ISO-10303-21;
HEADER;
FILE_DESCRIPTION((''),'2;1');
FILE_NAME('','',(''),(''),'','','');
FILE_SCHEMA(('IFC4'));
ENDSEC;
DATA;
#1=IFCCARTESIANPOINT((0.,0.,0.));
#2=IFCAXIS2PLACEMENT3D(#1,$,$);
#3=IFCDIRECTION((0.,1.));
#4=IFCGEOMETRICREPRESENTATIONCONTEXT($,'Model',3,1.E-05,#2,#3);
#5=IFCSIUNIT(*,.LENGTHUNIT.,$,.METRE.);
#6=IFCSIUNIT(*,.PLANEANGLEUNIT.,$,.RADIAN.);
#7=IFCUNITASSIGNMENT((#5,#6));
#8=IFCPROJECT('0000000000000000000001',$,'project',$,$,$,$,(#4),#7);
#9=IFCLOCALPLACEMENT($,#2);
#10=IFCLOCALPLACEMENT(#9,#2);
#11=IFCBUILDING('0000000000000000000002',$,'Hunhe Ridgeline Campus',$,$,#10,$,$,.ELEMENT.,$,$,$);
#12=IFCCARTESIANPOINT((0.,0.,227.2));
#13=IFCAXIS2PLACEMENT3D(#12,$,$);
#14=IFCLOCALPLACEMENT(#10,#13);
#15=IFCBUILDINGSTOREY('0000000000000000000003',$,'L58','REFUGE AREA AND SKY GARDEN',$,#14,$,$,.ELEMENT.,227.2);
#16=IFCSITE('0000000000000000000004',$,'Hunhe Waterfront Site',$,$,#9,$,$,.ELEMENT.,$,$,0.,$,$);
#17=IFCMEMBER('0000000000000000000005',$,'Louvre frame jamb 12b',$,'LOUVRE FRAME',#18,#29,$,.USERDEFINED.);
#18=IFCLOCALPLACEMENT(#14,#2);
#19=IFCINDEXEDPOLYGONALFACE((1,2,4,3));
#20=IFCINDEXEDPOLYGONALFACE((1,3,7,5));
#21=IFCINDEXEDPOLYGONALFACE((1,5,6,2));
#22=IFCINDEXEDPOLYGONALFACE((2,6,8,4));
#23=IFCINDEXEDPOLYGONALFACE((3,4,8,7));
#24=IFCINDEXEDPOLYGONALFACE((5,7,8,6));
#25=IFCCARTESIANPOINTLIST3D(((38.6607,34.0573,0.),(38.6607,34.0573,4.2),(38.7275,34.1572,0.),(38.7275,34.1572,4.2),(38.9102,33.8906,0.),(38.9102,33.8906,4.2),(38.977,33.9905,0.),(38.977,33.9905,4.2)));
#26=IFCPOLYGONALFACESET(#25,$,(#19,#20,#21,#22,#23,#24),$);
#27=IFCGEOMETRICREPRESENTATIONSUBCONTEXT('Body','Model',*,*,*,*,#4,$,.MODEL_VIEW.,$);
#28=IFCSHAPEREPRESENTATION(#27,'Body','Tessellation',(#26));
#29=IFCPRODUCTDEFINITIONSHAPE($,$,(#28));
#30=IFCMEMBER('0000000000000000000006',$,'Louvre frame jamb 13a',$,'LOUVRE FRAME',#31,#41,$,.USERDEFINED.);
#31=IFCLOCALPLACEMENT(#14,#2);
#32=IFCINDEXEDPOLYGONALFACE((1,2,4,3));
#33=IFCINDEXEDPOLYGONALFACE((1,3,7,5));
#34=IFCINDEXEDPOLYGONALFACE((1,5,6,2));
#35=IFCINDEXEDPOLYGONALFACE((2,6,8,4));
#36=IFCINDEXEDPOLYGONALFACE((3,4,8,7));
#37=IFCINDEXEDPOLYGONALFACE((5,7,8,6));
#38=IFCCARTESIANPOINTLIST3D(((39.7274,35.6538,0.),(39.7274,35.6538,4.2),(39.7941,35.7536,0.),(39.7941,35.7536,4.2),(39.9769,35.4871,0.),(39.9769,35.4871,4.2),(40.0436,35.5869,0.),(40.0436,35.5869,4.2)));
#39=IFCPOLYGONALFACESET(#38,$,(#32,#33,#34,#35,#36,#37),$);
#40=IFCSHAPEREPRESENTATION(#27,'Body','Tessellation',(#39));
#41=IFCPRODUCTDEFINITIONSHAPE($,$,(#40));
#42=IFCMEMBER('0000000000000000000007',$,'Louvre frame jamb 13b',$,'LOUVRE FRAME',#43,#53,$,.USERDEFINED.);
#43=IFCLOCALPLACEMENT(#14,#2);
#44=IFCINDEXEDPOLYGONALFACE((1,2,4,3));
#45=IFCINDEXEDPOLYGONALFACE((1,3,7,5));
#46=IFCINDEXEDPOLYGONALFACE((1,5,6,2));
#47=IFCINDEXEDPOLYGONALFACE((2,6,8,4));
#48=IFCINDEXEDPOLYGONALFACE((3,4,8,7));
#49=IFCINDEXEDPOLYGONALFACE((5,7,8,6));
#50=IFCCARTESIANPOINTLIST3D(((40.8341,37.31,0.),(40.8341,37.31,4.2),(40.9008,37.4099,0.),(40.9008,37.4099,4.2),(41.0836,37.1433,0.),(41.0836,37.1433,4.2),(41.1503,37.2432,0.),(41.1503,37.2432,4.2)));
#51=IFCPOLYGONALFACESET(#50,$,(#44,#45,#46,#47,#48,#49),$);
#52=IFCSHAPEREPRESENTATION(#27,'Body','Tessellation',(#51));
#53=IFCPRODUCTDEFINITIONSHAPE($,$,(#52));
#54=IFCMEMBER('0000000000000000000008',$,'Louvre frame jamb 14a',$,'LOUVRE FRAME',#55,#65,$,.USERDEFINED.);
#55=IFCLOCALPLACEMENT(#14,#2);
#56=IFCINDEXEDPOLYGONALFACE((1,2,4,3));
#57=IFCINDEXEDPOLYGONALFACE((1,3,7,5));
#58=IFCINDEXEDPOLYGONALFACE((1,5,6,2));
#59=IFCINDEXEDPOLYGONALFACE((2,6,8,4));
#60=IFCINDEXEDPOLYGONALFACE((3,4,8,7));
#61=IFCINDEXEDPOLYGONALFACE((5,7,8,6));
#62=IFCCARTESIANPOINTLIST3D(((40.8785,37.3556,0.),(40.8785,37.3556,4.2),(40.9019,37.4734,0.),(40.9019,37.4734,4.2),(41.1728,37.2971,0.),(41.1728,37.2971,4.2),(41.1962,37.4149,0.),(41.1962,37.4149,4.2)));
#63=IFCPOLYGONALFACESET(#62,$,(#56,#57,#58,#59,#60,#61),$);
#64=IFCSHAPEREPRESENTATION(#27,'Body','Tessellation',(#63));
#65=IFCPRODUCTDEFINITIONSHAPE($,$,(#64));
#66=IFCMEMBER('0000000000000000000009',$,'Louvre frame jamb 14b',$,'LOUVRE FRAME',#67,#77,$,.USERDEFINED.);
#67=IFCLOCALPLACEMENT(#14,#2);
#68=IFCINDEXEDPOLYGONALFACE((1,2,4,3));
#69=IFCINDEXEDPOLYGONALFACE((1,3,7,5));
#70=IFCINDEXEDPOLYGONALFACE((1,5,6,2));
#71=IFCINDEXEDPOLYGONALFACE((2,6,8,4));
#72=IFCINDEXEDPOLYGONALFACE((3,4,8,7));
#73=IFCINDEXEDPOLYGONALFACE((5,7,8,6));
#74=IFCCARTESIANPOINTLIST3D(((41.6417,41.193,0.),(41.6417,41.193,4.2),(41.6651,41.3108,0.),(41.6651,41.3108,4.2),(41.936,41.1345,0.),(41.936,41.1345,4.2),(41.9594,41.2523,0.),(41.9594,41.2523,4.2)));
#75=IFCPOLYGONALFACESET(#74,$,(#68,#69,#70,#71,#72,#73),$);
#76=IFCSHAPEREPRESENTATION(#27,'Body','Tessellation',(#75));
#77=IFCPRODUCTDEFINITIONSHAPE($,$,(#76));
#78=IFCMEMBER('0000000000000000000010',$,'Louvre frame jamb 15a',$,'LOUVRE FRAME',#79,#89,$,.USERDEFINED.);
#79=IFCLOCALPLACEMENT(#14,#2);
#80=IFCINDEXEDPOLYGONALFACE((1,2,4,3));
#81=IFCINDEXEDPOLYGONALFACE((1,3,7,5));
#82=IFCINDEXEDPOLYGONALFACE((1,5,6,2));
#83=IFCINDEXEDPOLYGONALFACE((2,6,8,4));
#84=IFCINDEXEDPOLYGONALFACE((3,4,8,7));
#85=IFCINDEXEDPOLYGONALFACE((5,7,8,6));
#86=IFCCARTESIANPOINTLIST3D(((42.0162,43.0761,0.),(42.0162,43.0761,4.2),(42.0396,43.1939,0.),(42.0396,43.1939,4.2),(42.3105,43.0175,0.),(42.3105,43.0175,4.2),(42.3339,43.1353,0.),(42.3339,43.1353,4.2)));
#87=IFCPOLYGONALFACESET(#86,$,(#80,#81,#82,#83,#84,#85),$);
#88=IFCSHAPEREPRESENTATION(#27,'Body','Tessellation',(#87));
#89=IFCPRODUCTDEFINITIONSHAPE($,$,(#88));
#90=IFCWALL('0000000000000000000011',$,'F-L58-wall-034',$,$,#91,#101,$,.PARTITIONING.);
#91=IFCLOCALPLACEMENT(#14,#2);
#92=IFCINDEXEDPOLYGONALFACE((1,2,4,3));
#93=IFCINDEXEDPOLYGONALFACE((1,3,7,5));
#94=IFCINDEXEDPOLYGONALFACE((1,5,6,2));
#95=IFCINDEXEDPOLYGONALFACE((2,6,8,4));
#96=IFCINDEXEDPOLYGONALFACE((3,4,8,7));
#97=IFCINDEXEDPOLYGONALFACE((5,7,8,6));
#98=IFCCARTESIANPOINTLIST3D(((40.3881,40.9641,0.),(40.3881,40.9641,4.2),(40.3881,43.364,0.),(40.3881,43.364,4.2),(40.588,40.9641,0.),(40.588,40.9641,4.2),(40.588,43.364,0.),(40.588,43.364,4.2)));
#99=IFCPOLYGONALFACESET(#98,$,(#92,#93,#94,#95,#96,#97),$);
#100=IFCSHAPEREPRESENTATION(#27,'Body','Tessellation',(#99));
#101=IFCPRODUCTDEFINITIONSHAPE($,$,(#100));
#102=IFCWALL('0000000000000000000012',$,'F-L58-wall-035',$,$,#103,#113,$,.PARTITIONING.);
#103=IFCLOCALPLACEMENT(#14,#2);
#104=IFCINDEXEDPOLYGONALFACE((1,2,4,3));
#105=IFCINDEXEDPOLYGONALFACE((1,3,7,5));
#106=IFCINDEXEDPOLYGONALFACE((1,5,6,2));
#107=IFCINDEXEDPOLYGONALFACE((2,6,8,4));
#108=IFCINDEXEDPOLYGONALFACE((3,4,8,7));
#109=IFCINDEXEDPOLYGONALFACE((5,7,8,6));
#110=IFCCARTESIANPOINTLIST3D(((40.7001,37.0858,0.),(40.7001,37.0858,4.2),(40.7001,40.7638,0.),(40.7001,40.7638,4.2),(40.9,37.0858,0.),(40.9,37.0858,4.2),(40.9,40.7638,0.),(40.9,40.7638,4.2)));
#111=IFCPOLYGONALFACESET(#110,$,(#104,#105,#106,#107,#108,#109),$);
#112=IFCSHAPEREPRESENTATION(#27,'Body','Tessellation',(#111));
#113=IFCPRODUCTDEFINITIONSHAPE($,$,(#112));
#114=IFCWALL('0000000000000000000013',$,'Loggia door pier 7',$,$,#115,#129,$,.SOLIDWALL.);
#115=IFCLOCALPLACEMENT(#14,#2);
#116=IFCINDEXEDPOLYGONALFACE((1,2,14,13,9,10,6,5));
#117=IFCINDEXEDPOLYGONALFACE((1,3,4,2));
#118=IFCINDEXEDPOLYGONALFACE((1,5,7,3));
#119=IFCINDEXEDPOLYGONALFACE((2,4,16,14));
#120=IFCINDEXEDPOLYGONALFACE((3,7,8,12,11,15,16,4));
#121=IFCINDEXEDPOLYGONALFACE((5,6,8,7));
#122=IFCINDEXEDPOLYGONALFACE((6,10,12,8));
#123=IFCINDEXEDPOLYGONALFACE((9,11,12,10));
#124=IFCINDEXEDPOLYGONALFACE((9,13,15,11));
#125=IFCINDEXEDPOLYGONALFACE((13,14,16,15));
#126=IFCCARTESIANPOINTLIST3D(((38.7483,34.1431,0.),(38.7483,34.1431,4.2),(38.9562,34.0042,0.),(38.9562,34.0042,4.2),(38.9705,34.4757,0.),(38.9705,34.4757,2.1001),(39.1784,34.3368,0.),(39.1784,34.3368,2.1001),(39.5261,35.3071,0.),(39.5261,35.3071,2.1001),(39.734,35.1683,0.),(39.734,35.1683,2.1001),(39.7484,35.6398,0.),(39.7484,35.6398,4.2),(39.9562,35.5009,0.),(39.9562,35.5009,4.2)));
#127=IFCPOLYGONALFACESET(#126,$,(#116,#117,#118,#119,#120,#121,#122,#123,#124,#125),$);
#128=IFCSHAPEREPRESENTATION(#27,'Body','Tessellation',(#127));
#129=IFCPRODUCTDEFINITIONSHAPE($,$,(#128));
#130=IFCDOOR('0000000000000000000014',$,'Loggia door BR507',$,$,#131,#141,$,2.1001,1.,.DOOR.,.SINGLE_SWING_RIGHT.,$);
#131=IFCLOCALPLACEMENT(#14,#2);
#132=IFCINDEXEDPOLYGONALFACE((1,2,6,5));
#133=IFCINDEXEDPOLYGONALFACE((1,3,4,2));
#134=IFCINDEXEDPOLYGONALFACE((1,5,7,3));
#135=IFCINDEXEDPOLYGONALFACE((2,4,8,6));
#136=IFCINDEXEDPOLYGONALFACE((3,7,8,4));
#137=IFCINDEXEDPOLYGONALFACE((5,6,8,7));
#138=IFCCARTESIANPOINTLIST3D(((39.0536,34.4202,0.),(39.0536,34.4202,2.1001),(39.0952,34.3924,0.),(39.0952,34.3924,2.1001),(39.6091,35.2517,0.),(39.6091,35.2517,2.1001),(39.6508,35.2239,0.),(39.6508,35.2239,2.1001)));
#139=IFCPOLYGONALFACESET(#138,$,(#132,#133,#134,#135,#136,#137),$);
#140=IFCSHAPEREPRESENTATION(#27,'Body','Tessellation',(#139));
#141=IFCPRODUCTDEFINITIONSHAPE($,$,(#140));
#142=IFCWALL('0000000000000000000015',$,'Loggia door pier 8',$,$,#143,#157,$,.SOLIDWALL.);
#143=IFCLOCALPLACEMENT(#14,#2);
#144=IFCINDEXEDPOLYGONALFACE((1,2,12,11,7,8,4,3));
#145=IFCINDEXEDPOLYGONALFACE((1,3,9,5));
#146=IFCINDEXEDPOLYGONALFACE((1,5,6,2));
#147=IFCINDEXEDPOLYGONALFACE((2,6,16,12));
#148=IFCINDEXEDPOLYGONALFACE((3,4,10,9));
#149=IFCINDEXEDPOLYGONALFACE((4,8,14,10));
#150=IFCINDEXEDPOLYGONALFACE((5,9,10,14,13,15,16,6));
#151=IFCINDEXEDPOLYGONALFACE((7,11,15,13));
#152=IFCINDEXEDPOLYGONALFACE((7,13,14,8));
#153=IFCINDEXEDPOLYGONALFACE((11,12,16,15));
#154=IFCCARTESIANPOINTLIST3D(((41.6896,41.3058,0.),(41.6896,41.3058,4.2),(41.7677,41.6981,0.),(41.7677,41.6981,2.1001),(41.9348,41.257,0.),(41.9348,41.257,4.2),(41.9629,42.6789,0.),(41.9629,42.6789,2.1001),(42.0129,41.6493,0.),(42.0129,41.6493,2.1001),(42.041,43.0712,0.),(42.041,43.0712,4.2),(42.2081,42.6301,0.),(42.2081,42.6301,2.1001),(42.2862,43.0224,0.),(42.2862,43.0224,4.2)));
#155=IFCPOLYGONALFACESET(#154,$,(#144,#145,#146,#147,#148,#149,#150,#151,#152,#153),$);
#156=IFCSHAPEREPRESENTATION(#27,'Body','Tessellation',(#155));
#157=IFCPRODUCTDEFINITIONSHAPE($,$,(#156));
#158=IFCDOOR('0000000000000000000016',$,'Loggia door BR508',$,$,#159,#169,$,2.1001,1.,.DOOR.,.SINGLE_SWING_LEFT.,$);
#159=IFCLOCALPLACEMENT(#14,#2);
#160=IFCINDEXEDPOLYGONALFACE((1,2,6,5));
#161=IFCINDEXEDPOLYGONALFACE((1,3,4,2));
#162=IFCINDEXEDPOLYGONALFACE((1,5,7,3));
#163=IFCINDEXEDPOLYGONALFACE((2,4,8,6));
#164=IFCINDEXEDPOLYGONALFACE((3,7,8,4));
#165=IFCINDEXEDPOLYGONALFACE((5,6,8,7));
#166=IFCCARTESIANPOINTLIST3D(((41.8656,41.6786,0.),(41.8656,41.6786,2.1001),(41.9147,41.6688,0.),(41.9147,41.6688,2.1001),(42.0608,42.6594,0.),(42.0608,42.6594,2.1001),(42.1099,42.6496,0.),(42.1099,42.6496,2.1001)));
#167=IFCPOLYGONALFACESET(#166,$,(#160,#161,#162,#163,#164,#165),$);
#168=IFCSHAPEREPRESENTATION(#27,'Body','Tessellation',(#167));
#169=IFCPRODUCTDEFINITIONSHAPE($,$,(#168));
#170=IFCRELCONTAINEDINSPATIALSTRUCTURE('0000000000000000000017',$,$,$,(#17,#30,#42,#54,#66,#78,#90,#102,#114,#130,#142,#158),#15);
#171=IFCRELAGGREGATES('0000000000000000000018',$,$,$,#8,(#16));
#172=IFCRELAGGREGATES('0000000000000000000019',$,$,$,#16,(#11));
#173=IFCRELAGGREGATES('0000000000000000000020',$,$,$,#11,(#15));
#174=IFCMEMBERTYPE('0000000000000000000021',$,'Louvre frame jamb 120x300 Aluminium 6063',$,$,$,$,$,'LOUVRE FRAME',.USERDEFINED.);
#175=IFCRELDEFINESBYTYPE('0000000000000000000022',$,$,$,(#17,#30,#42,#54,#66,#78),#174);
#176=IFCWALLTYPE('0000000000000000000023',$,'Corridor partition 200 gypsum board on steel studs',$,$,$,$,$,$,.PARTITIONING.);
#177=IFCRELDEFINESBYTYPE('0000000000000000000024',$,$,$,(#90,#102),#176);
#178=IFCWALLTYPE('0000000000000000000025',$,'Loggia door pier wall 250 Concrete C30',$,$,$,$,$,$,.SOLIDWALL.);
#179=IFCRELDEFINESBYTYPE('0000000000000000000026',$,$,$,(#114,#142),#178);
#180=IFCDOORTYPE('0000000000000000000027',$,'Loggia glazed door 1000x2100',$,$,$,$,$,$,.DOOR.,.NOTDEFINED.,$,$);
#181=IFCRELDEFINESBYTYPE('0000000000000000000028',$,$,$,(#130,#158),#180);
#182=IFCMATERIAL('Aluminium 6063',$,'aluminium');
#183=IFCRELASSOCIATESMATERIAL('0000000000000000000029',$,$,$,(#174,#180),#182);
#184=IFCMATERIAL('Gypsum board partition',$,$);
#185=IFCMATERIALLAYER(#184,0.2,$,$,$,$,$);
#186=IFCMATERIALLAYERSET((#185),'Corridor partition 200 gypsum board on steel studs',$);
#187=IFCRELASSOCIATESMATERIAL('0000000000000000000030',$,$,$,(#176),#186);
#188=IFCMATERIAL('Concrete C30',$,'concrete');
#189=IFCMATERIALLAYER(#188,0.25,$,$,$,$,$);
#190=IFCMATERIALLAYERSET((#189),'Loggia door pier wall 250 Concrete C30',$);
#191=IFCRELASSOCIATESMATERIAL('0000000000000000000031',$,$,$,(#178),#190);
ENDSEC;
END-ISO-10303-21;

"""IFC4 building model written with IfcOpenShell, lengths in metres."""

from ifc_helpers import new_model, si_unit, direction, frame, frame_2d, origin, origin_2d, place, context, subcontext, project, spatial, rectangle, extrude, material, layer, layer_set, material_profile, profile_set, type_object, element, fill, save


model = new_model("IFC4")

# Units and contexts
model_context = context("Model", 3, precision=1e-05, world=origin(), true_north=direction((0.0, 1.0)))
body_context = subcontext(model_context, "Body", "Model", "MODEL_VIEW")
ifc_project = project(units=[si_unit("LENGTHUNIT", "METRE"), si_unit("PLANEANGLEUNIT", "RADIAN")], contexts=[model_context])

# Site, building, storey
site_placement = place(None, origin())
site = spatial("IfcSite", under=ifc_project, at=site_placement, Name="Hunhe Waterfront Site", CompositionType="ELEMENT", RefElevation=0.0)
building_placement = place(site_placement, origin())
building = spatial("IfcBuilding", under=site, at=building_placement, Name="Hunhe Ridgeline Campus", CompositionType="ELEMENT")
storey_placement = place(building_placement, frame((0.0, 0.0, 227.2)))
storey = spatial("IfcBuildingStorey", under=building, at=storey_placement, Name="L58", Description="REFUGE AREA AND SKY GARDEN", CompositionType="ELEMENT", Elevation=227.2)

# Members
ifc_material_1 = material(Name="Aluminium 6063", Category="aluminium")
ifc_material_profile_1 = material_profile(ifc_material_1, rectangle(XDim=0.3, YDim=0.1201, at=origin_2d()))
ifc_profile_set_1 = profile_set([ifc_material_profile_1], Name="Aluminium 6063")
member_type_1 = type_object("IfcMemberType", Name="Louvre frame jamb 120x300 Aluminium 6063", ElementType="LOUVRE FRAME", PredefinedType="USERDEFINED", material=ifc_profile_set_1)
for number, where, z_axis, x_axis, name in (
    (1, (38.8188, 34.0239, 0.0), (0.0, 0.0, 1.0), (-0.83147, 0.55557, 0.0), "Louvre frame jamb 12b"),
    (2, (39.8855, 35.6204, 0.0), (0.0, 0.0, 1.0), (-0.83147, 0.55557, 0.0), "Louvre frame jamb 13a"),
    (3, (40.9922, 37.2766, 0.0), (0.0, 0.0, 1.0), (-0.83147, 0.55557, 0.0), "Louvre frame jamb 13b"),
    (4, (41.0374, 37.3853, 0.0), (0.0, 0.0, 1.0), (-0.980785, 0.19509, 0.0), "Louvre frame jamb 14a"),
    (5, (41.8005, 41.2227, 0.0), (0.0, 0.0, 1.0), (-0.980785, 0.19509, 0.0), "Louvre frame jamb 14b"),
    (6, (42.175, 43.1057, 0.0), (0.0, 0.0, 1.0), (-0.980785, 0.19509, 0.0), "Louvre frame jamb 15a"),
):
    element("IfcMember", number, at=place(storey_placement, frame(where, z_axis=z_axis, x_axis=x_axis)), inside=storey, type_object=member_type_1, Name=name, ObjectType="LOUVRE FRAME", PredefinedType="USERDEFINED", context=body_context, shape_type="SweptSolid", body=[
        extrude(rectangle(XDim=0.3, YDim=0.1201, at=origin_2d()), origin(), (0.0, 0.0, 1.0), 4.2),
    ])

# Walls
ifc_material_2 = material(Name="Gypsum board partition")
ifc_layer_1 = layer(ifc_material_2, 0.2)
ifc_layer_set_1 = layer_set([ifc_layer_1], Name="Corridor partition 200 gypsum board on steel studs")
wall_type_1 = type_object("IfcWallType", Name="Corridor partition 200 gypsum board on steel studs", PredefinedType="PARTITIONING", material=ifc_layer_set_1)
wall_1_placement = place(storey_placement, frame((40.488, 40.9641, 0.0), z_axis=(0.0, 0.0, 1.0), x_axis=(0.0, 1.0, 0.0)))
element("IfcWall", 7, at=wall_1_placement, inside=storey, type_object=wall_type_1, Name="F-L58-wall-034", PredefinedType="PARTITIONING", context=body_context, shape_type="SweptSolid", body=[
    extrude(rectangle(XDim=2.3999, YDim=0.2, at=frame_2d((1.2, 0.0))), origin(), (0.0, 0.0, 1.0), 4.2),
])
wall_2_placement = place(storey_placement, frame((40.8, 37.0859, 0.0), z_axis=(0.0, 0.0, 1.0), x_axis=(0.0, 1.0, 0.0)))
element("IfcWall", 8, at=wall_2_placement, inside=storey, type_object=wall_type_1, Name="F-L58-wall-035", PredefinedType="PARTITIONING", context=body_context, shape_type="SweptSolid", body=[
    extrude(rectangle(XDim=3.678, YDim=0.2, at=frame_2d((1.8389, 0.0))), origin(), (0.0, 0.0, 1.0), 4.2),
])

# Walls, openings, doors
ifc_material_3 = material(Name="Concrete C30", Category="concrete")
ifc_layer_2 = layer(ifc_material_3, 0.25)
ifc_layer_set_2 = layer_set([ifc_layer_2], Name="Loggia door pier wall 250 Concrete C30")
wall_type_2 = type_object("IfcWallType", Name="Loggia door pier wall 250 Concrete C30", PredefinedType="SOLIDWALL", material=ifc_layer_set_2)
wall_3_placement = place(storey_placement, frame((38.8523, 34.0737, 0.0), z_axis=(0.0, 0.0, 1.0), x_axis=(0.555576, 0.831466, 0.0)))
wall_3 = element("IfcWall", 9, at=wall_3_placement, inside=storey, type_object=wall_type_2, Name="Loggia door pier 7", PredefinedType="SOLIDWALL", context=body_context, shape_type="SweptSolid", body=[
    extrude(rectangle(XDim=1.8, YDim=0.25, at=frame_2d((0.8999, 0.0))), origin(), (0.0, 0.0, 1.0), 4.2),
])
opening_1_placement = place(wall_3_placement, frame((0.3999, 0.0, 0.0)))
opening_1 = element("IfcOpeningElement", 10, at=opening_1_placement, cuts=wall_3, PredefinedType="OPENING", context=body_context, shape_type="SweptSolid", body=[
    extrude(rectangle(XDim=1.0, YDim=2.1001, at=frame_2d((0.5, 1.05))), frame((0.0, 0.125, 0.0), z_axis=(0.0, -1.0, 0.0), x_axis=(1.0, 0.0, 0.0)), (0.0, 0.0, 1.0), 0.25),
])
door_type = type_object("IfcDoorType", Name="Loggia glazed door 1000x2100", OperationType="NOTDEFINED", PredefinedType="DOOR", material=ifc_material_1)
door_1_placement = place(opening_1_placement, frame((1.0, 0.0, 0.0), z_axis=(0.0, 0.0, 1.0), x_axis=(-1.0, 0.0, 0.0)))
door_1 = element("IfcDoor", 11, at=door_1_placement, inside=storey, type_object=door_type, Name="Loggia door BR507", OperationType="SINGLE_SWING_RIGHT", OverallHeight=2.1001, OverallWidth=1.0, PredefinedType="DOOR", context=body_context, shape_type="SweptSolid", body=[
    extrude(rectangle(XDim=1.0, YDim=2.1001, at=frame_2d((0.5, 1.05))), frame((0.0, 0.0249, 0.0), z_axis=(0.0, -1.0, 0.0), x_axis=(1.0, 0.0, 0.0)), (0.0, 0.0, 1.0), 0.05),
])
fill(opening_1, door_1)
wall_4_placement = place(storey_placement, frame((41.8123, 41.2815, 0.0), z_axis=(0.0, 0.0, 1.0), x_axis=(0.195177, 0.980768, 0.0)))
wall_4 = element("IfcWall", 12, at=wall_4_placement, inside=storey, type_object=wall_type_2, Name="Loggia door pier 8", PredefinedType="SOLIDWALL", context=body_context, shape_type="SweptSolid", body=[
    extrude(rectangle(XDim=1.8, YDim=0.25, at=frame_2d((0.8999, 0.0))), origin(), (0.0, 0.0, 1.0), 4.2),
])
opening_2_placement = place(wall_4_placement, frame((0.3999, 0.0, 0.0)))
opening_2 = element("IfcOpeningElement", 13, at=opening_2_placement, cuts=wall_4, PredefinedType="OPENING", context=body_context, shape_type="SweptSolid", body=[
    extrude(rectangle(XDim=1.0, YDim=2.1001, at=frame_2d((0.5, 1.05))), frame((0.0, 0.125, 0.0), z_axis=(0.0, -1.0, 0.0), x_axis=(1.0, 0.0, 0.0)), (0.0, 0.0, 1.0), 0.25),
])
door_2_placement = place(opening_2_placement, frame((1.0, 0.0, 0.0), z_axis=(0.0, 0.0, 1.0), x_axis=(-1.0, 0.0, 0.0)))
door_2 = element("IfcDoor", 14, at=door_2_placement, inside=storey, type_object=door_type, Name="Loggia door BR508", OperationType="SINGLE_SWING_LEFT", OverallHeight=2.1001, OverallWidth=1.0, PredefinedType="DOOR", context=body_context, shape_type="SweptSolid", body=[
    extrude(rectangle(XDim=1.0, YDim=2.1001, at=frame_2d((0.5, 1.05))), frame((0.0, 0.0249, 0.0), z_axis=(0.0, -1.0, 0.0), x_axis=(1.0, 0.0, 0.0)), (0.0, 0.0, 1.0), 0.05),
])
fill(opening_2, door_2)

save(model, "model.ifc")
